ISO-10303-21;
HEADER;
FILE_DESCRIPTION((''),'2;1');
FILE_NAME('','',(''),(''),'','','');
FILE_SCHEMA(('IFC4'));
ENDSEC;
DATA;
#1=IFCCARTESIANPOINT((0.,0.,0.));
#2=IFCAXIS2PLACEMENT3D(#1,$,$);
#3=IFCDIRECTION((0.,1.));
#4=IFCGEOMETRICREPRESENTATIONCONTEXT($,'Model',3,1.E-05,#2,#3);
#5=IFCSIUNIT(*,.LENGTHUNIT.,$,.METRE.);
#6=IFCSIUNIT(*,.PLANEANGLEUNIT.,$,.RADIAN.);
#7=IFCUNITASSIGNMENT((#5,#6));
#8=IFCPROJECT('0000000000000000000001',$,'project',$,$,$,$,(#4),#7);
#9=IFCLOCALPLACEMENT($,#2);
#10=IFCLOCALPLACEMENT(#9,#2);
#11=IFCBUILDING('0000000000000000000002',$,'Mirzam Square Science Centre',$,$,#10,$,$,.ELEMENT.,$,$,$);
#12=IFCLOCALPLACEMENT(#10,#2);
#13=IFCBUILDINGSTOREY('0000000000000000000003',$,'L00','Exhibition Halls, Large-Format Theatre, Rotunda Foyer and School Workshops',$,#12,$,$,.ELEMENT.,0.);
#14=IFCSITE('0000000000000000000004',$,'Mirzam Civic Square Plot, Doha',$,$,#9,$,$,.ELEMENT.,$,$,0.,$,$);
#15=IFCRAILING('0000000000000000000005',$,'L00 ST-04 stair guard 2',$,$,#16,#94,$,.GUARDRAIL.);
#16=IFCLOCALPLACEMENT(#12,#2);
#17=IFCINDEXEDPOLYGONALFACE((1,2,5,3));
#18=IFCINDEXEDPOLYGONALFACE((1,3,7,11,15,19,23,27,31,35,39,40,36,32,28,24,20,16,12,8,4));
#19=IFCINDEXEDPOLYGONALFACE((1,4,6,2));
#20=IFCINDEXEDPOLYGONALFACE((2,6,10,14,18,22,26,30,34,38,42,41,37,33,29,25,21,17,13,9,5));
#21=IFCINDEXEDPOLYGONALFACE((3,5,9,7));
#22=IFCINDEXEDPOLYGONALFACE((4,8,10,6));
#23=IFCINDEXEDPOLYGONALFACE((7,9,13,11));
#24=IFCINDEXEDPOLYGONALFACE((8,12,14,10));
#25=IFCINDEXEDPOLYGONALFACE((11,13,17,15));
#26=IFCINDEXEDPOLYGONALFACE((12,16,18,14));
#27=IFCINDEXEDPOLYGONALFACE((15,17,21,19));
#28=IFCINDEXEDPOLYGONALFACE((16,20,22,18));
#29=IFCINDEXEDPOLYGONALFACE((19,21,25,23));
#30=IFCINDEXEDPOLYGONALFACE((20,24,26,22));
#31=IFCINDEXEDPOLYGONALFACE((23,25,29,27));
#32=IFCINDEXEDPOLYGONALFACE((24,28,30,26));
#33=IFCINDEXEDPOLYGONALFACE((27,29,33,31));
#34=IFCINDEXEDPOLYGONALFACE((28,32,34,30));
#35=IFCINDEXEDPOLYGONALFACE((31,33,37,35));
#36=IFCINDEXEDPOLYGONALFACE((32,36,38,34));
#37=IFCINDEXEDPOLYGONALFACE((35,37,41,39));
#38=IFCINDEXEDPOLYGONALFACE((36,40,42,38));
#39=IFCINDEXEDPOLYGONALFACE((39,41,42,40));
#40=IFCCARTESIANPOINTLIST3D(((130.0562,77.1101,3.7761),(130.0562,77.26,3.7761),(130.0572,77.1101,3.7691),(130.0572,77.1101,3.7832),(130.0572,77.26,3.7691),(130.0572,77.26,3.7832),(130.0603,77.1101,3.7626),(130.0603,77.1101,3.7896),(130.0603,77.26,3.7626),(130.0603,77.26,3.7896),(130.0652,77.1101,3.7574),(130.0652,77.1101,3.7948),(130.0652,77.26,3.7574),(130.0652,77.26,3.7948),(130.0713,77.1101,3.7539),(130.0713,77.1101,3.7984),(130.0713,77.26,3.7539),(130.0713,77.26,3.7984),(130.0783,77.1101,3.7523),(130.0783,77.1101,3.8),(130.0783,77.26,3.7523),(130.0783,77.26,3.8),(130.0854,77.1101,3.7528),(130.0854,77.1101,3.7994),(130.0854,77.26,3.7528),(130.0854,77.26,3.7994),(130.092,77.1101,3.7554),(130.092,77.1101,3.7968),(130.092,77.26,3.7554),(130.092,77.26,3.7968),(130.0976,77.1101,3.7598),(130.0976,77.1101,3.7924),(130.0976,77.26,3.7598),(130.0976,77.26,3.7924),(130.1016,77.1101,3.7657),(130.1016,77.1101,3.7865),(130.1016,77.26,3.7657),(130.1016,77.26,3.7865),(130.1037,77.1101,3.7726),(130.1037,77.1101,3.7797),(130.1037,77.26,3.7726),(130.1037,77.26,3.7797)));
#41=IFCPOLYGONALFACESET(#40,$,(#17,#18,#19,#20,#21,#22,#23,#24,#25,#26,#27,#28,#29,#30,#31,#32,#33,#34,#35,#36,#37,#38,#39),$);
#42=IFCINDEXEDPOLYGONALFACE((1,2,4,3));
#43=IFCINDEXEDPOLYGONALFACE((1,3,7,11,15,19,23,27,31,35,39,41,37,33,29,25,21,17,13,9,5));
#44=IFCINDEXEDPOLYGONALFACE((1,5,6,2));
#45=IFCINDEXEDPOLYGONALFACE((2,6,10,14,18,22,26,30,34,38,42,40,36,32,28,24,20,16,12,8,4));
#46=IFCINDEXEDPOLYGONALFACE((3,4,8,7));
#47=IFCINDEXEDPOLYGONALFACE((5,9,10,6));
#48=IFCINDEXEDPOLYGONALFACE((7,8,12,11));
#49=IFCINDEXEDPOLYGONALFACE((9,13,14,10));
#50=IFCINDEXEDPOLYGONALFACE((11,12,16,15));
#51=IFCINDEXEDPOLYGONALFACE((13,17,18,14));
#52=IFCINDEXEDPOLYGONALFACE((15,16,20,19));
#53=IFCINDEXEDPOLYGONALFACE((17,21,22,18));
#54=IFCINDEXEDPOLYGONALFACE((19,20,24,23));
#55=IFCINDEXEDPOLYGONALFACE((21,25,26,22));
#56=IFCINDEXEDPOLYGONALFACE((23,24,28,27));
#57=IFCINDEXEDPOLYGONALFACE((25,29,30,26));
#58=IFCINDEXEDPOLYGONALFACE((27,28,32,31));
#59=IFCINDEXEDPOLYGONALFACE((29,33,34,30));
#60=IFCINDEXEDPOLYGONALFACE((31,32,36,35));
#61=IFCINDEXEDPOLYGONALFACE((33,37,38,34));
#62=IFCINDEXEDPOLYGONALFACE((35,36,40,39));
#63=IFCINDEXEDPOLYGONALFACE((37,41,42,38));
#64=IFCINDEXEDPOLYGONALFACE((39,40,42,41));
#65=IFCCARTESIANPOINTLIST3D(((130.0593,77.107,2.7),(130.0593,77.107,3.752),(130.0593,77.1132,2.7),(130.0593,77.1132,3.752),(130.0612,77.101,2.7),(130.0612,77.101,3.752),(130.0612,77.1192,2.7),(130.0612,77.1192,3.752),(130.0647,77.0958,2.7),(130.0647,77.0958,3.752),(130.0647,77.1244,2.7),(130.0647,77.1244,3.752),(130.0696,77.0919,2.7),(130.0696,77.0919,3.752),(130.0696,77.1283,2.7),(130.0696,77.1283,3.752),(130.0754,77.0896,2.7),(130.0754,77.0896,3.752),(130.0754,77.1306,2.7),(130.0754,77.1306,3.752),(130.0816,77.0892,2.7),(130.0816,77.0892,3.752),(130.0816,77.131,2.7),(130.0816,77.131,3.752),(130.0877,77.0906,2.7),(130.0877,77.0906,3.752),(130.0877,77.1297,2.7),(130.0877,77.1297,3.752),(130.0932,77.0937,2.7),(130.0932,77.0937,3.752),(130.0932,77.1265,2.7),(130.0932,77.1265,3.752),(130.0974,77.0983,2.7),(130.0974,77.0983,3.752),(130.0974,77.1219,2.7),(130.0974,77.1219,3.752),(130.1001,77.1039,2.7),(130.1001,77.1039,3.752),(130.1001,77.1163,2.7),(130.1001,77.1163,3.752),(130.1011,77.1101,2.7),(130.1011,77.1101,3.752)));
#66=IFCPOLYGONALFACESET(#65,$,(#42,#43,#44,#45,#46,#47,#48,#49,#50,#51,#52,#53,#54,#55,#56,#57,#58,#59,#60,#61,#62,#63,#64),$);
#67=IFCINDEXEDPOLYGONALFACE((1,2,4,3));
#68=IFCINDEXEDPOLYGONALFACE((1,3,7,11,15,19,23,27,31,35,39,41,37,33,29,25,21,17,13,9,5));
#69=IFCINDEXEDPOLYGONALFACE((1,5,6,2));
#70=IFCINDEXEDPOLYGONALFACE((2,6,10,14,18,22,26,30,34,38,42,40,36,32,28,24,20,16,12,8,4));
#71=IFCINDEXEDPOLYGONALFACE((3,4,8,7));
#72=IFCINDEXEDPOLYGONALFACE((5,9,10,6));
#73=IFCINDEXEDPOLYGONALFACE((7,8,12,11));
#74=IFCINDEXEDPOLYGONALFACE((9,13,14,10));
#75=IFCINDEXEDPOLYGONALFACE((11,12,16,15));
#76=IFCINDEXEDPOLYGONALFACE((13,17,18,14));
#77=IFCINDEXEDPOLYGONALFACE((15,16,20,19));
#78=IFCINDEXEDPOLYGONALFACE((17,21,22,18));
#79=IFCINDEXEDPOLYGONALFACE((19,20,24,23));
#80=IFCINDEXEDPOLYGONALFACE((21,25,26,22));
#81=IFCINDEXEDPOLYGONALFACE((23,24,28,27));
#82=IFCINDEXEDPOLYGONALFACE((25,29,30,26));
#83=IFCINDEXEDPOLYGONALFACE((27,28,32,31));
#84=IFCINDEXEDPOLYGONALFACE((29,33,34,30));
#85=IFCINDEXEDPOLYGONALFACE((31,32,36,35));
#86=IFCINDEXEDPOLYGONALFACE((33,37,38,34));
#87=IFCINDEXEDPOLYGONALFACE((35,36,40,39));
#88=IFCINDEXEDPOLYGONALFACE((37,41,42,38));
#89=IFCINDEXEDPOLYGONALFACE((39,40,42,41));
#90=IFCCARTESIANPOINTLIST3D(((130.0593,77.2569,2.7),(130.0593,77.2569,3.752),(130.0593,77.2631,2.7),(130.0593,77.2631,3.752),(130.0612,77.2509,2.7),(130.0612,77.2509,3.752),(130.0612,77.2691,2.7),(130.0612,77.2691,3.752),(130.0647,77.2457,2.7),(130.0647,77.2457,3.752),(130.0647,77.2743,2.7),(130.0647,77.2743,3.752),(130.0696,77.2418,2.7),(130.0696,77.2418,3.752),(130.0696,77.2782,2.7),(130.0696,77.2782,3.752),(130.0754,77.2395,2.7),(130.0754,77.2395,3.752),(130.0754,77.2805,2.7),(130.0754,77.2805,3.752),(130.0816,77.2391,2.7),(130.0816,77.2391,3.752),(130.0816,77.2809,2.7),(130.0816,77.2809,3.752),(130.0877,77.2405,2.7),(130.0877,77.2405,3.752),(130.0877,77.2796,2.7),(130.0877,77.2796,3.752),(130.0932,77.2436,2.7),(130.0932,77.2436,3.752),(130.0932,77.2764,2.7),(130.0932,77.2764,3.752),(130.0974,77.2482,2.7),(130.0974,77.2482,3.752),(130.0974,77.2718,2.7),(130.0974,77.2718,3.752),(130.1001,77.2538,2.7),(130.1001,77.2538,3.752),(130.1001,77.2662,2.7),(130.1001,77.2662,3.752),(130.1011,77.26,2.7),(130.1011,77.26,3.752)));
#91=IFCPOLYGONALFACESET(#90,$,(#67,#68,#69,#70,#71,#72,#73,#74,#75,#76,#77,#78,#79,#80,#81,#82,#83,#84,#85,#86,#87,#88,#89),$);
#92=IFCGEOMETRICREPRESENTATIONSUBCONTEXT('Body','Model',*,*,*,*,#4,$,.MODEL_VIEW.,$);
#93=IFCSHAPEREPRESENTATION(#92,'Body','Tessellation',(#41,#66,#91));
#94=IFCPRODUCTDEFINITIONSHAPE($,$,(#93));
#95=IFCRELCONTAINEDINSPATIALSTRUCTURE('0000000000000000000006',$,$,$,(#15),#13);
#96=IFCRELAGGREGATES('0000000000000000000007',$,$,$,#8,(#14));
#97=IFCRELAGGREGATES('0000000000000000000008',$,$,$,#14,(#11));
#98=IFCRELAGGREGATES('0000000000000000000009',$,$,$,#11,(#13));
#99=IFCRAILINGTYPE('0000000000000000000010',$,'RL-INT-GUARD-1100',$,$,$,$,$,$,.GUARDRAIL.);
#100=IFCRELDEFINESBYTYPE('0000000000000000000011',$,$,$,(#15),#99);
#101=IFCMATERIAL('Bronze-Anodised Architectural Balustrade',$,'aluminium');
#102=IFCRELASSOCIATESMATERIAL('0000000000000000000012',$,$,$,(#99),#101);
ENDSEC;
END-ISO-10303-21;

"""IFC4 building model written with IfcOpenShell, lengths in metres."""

from ifc_helpers import new_model, si_unit, direction, frame, origin, origin_2d, place, context, subcontext, project, spatial, circle, extrude, material, type_object, element, save


model = new_model("IFC4")

# Units and contexts
model_context = context("Model", 3, precision=1e-05, world=origin(), true_north=direction((0.0, 1.0)))
body_context = subcontext(model_context, "Body", "Model", "MODEL_VIEW")
ifc_project = project(units=[si_unit("LENGTHUNIT", "METRE"), si_unit("PLANEANGLEUNIT", "RADIAN")], contexts=[model_context])

# Site, building, storey
site_placement = place(None, origin())
site = spatial("IfcSite", under=ifc_project, at=site_placement, Name="Mirzam Civic Square Plot, Doha", CompositionType="ELEMENT", RefElevation=0.0)
building_placement = place(site_placement, origin())
building = spatial("IfcBuilding", under=site, at=building_placement, Name="Mirzam Square Science Centre", CompositionType="ELEMENT")
storey_placement = place(building_placement, origin())
storey = spatial("IfcBuildingStorey", under=building, at=storey_placement, Name="L00", Description="Exhibition Halls, Large-Format Theatre, Rotunda Foyer and School Workshops", CompositionType="ELEMENT", Elevation=0.0)

# Railing
ifc_material_1 = material(Name="Bronze-Anodised Architectural Balustrade", Category="aluminium")
railing_type_1 = type_object("IfcRailingType", Name="RL-INT-GUARD-1100", PredefinedType="GUARDRAIL", material=ifc_material_1)
railing_1_placement = place(storey_placement, frame((130.0801, 77.1101, 2.7)))
element("IfcRailing", 1, at=railing_1_placement, inside=storey, type_object=railing_type_1, Name="L00 ST-04 stair guard 2", PredefinedType="GUARDRAIL", context=body_context, shape_type="SweptSolid", body=[
    extrude(circle(Radius=0.0239, at=origin_2d()), frame((0.0, 0.0, 1.0762), z_axis=(0.0, 1.0, 0.0), x_axis=(-1.0, 0.0, 0.0)), (0.0, 0.0, 1.0), 0.1499),
    extrude(circle(Radius=0.021, at=origin_2d()), origin(), (0.0, 0.0, 1.0), 1.052),
    extrude(circle(Radius=0.021, at=origin_2d()), frame((0.0, 0.1499, 0.0)), (0.0, 0.0, 1.0), 1.052),
])

save(model, "model.ifc")
